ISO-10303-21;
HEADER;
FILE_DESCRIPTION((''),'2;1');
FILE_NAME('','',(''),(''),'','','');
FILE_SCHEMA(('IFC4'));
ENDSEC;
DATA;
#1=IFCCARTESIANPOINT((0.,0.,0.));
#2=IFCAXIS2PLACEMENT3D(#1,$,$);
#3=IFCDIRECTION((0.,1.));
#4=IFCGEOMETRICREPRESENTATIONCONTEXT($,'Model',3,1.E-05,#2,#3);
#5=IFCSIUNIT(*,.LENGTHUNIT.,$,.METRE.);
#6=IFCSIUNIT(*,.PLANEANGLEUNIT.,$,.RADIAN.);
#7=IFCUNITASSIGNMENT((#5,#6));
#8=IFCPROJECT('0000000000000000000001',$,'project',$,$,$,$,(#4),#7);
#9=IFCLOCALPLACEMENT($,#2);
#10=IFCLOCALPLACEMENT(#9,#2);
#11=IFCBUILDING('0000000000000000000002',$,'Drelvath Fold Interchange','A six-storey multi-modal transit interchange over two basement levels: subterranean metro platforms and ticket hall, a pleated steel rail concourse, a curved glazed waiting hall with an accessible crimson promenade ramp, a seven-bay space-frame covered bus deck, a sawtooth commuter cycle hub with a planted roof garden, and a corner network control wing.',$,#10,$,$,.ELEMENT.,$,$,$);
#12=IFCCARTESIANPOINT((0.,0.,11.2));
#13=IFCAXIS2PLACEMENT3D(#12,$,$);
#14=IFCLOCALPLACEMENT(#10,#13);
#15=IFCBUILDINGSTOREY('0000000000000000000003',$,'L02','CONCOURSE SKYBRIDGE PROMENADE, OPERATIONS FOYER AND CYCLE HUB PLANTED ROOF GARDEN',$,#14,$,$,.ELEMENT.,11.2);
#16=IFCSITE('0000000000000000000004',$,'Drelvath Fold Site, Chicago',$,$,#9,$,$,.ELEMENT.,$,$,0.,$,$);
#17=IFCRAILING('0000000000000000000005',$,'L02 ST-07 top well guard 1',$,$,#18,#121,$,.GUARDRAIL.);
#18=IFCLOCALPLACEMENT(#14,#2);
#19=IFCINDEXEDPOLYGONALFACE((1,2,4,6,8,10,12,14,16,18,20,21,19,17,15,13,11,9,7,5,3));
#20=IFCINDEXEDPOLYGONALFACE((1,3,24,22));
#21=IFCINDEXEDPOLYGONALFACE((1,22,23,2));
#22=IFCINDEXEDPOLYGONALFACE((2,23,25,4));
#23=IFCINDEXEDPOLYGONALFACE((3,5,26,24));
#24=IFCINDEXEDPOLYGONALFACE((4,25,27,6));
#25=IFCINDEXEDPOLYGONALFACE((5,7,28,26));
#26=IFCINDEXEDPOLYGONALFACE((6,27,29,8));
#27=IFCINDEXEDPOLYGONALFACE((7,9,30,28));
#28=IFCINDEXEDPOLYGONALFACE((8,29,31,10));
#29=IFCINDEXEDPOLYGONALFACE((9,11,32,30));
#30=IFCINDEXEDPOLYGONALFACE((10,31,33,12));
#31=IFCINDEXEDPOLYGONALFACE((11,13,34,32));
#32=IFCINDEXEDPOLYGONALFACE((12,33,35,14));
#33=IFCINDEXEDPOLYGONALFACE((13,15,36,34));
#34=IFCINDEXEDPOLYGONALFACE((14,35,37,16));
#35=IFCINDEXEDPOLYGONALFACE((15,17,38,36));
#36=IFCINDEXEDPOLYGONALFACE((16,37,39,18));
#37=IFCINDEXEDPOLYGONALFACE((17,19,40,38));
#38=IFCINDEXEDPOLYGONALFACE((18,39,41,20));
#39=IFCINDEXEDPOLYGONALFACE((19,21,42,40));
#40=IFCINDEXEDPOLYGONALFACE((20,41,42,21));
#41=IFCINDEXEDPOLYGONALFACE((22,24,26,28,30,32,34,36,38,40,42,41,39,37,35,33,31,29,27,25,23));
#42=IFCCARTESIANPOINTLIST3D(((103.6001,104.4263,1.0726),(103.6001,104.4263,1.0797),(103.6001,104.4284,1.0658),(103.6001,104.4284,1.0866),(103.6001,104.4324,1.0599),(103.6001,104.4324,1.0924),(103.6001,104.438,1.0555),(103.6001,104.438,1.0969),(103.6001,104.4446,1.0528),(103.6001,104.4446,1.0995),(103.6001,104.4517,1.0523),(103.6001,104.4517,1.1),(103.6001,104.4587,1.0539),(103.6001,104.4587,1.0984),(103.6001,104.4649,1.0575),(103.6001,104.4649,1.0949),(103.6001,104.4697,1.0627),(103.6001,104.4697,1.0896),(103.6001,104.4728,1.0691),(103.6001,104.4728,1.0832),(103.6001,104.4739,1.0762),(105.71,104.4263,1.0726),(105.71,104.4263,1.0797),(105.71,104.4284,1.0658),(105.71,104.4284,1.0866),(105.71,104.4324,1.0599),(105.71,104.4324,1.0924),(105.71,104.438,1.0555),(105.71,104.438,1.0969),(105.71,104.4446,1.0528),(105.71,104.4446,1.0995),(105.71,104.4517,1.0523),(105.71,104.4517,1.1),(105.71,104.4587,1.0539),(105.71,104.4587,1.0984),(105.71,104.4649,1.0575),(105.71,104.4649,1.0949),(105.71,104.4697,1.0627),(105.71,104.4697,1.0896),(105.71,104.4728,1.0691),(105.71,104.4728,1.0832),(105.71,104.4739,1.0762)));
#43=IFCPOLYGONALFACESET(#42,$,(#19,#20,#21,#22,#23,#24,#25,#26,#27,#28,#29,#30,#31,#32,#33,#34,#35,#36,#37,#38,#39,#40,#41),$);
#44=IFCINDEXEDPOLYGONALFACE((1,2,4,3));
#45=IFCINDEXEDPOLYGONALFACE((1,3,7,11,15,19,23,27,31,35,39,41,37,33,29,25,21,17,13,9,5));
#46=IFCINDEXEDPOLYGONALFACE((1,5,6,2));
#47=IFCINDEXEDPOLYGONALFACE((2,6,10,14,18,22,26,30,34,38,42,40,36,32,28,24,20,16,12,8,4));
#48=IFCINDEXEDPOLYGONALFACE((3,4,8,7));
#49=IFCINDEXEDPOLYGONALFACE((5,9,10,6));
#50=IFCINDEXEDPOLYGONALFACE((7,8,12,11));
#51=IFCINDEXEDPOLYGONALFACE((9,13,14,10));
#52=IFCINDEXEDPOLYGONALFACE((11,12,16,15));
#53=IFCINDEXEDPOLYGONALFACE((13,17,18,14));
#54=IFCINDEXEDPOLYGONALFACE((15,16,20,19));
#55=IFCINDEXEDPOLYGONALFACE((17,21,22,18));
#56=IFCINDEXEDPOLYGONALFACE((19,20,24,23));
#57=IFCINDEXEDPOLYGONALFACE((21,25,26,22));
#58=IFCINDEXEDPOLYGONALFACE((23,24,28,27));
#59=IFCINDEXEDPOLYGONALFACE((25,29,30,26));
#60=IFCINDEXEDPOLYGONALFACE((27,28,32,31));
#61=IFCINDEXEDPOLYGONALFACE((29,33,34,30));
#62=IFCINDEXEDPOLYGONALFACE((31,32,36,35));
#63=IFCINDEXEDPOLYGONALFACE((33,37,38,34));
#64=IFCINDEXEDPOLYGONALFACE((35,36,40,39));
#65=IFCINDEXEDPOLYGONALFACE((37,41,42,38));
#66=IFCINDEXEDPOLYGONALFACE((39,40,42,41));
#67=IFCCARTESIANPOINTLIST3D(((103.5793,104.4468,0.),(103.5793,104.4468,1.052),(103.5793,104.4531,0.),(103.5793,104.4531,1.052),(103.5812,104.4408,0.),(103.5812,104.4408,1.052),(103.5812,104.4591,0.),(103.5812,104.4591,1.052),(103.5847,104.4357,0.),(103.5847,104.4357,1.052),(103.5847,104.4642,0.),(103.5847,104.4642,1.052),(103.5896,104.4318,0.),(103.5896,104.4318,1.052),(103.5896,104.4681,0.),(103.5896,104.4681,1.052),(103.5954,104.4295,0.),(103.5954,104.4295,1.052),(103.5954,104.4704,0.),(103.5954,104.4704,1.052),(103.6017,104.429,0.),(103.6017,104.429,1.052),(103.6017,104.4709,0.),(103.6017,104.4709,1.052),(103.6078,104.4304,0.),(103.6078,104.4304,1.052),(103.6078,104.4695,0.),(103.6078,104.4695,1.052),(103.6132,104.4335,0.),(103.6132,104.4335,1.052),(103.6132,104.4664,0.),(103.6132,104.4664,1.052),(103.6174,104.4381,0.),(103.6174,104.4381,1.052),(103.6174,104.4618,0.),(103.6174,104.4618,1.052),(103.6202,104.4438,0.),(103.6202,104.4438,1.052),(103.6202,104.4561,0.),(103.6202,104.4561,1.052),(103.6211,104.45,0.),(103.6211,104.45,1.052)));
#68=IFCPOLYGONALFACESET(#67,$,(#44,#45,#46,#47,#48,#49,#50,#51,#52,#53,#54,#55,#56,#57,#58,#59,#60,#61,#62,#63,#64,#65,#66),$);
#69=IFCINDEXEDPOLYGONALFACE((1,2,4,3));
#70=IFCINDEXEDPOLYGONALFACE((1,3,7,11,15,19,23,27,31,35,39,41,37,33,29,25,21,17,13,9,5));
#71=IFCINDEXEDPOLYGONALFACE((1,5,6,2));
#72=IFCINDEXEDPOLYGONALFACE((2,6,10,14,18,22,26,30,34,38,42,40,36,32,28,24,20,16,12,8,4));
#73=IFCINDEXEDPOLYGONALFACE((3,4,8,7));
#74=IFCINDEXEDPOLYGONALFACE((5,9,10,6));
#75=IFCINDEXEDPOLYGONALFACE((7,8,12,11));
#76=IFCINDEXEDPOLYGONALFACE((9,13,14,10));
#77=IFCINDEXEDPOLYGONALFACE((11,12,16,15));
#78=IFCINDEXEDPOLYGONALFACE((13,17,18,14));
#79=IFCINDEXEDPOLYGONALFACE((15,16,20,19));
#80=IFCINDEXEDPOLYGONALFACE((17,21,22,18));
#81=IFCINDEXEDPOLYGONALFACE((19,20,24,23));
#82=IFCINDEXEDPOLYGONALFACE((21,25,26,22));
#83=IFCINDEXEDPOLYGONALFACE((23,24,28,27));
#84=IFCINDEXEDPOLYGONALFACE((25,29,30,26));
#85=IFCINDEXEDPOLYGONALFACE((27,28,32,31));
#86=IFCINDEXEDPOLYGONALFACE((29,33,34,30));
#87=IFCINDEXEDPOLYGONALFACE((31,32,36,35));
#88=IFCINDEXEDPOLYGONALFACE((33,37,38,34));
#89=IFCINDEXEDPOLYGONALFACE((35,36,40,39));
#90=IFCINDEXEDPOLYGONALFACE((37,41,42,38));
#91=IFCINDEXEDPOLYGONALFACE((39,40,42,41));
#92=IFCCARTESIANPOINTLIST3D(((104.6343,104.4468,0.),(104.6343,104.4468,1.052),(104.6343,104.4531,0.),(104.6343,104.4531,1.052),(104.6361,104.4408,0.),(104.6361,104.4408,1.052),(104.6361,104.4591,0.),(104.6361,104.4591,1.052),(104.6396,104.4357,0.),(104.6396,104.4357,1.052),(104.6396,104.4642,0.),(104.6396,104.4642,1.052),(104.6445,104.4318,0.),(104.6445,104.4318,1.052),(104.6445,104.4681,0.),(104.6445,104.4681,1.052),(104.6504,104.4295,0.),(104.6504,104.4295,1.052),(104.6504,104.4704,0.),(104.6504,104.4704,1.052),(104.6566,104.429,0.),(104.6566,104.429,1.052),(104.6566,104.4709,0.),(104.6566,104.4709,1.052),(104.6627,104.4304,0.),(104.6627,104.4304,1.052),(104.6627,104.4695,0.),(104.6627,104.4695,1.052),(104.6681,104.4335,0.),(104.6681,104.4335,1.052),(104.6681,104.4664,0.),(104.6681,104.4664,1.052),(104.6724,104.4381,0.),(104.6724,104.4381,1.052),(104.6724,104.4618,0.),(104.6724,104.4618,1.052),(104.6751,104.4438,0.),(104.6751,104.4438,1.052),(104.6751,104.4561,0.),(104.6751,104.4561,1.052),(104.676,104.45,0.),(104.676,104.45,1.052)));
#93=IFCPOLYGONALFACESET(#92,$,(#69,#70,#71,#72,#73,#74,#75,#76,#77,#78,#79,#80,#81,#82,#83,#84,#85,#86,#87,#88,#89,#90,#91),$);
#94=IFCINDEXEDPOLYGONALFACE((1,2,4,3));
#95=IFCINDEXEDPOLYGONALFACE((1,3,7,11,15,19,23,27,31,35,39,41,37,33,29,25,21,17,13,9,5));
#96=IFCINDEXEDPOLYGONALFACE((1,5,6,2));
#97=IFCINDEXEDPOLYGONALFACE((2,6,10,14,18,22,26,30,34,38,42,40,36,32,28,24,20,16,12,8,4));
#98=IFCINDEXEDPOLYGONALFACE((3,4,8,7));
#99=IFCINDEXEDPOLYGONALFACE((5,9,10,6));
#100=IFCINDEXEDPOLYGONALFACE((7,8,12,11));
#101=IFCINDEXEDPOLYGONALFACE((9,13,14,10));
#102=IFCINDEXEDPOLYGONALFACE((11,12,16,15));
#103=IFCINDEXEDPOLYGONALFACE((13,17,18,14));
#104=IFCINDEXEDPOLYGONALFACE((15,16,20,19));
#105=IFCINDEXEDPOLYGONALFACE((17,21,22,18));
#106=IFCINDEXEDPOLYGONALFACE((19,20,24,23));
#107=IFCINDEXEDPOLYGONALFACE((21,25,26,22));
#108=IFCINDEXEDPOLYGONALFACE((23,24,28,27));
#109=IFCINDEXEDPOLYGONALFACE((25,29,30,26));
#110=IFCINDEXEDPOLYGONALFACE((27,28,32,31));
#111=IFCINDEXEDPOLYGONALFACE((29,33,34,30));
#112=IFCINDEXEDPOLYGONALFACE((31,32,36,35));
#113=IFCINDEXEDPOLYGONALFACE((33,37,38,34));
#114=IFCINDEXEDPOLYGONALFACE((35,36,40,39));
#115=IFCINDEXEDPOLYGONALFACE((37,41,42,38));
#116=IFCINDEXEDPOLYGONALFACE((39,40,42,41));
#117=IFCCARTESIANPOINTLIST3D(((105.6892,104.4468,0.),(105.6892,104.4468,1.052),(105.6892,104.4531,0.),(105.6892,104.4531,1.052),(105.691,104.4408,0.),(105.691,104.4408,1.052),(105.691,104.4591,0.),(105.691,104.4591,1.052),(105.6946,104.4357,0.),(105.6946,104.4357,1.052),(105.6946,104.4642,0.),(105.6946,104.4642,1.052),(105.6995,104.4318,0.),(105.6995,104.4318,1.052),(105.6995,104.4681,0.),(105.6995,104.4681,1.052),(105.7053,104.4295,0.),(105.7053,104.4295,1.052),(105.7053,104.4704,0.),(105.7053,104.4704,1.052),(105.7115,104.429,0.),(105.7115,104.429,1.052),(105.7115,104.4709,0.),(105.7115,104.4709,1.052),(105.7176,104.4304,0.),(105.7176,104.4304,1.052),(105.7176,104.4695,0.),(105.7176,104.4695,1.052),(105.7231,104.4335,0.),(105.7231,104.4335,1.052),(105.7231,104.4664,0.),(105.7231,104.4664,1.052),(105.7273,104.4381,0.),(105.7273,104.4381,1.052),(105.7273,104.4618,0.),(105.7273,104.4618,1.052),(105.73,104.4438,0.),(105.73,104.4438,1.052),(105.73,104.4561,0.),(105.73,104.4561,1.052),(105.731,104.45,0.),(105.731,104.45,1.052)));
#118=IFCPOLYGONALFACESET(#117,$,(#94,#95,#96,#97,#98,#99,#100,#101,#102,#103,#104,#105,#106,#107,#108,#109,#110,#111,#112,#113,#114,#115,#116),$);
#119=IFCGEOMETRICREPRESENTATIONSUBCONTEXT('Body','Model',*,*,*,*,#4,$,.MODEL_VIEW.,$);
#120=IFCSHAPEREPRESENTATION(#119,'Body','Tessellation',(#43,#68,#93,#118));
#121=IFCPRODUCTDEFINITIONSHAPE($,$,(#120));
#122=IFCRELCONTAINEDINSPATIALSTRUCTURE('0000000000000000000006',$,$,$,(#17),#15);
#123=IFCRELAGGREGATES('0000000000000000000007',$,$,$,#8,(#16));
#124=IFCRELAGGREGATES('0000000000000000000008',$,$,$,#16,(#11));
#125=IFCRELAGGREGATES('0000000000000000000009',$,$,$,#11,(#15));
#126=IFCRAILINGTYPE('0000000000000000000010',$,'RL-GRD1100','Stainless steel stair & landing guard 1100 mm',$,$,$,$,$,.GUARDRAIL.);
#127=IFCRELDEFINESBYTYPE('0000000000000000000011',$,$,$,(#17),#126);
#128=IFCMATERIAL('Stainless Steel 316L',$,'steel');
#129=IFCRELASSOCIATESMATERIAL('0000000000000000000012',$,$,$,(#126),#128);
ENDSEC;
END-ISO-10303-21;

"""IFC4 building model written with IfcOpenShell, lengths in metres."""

from ifc_helpers import new_model, si_unit, direction, frame, origin, origin_2d, place, context, subcontext, project, spatial, circle, extrude, material, type_object, element, save


model = new_model("IFC4")

# Units and contexts
model_context = context("Model", 3, precision=1e-05, world=origin(), true_north=direction((0.0, 1.0)))
body_context = subcontext(model_context, "Body", "Model", "MODEL_VIEW")
ifc_project = project(units=[si_unit("LENGTHUNIT", "METRE"), si_unit("PLANEANGLEUNIT", "RADIAN")], contexts=[model_context])

# Site, building, storey
site_placement = place(None, origin())
site = spatial("IfcSite", under=ifc_project, at=site_placement, Name="Drelvath Fold Site, Chicago", CompositionType="ELEMENT", RefElevation=0.0)
building_placement = place(site_placement, origin())
building = spatial("IfcBuilding", under=site, at=building_placement, Name="Drelvath Fold Interchange", Description="A six-storey multi-modal transit interchange over two basement levels: subterranean metro platforms and ticket hall, a pleated steel rail concourse, a curved glazed waiting hall with an accessible crimson promenade ramp, a seven-bay space-frame covered bus deck, a sawtooth commuter cycle hub with a planted roof garden, and a corner network control wing.", CompositionType="ELEMENT")
storey_placement = place(building_placement, frame((0.0, 0.0, 11.2)))
storey = spatial("IfcBuildingStorey", under=building, at=storey_placement, Name="L02", Description="CONCOURSE SKYBRIDGE PROMENADE, OPERATIONS FOYER AND CYCLE HUB PLANTED ROOF GARDEN", CompositionType="ELEMENT", Elevation=11.2)

# Railing
ifc_material_1 = material(Name="Stainless Steel 316L", Category="steel")
railing_type = type_object("IfcRailingType", Name="RL-GRD1100", Description="Stainless steel stair & landing guard 1100 mm", PredefinedType="GUARDRAIL", material=ifc_material_1)
railing_placement = place(storey_placement, frame((103.6001, 104.45, 0.0)))
element("IfcRailing", 1, at=railing_placement, inside=storey, type_object=railing_type, Name="L02 ST-07 top well guard 1", PredefinedType="GUARDRAIL", context=body_context, shape_type="SweptSolid", body=[
    extrude(circle(Radius=0.0239, at=origin_2d()), frame((0.0, 0.0, 1.0762), z_axis=(1.0, 0.0, 0.0), x_axis=(0.0, 1.0, 0.0)), (0.0, 0.0, 1.0), 2.1099),
    extrude(circle(Radius=0.021, at=origin_2d()), origin(), (0.0, 0.0, 1.0), 1.052),
    extrude(circle(Radius=0.021, at=origin_2d()), frame((1.0549, 0.0, 0.0)), (0.0, 0.0, 1.0), 1.052),
    extrude(circle(Radius=0.021, at=origin_2d()), frame((2.1099, 0.0, 0.0)), (0.0, 0.0, 1.0), 1.052),
])

save(model, "model.ifc")
